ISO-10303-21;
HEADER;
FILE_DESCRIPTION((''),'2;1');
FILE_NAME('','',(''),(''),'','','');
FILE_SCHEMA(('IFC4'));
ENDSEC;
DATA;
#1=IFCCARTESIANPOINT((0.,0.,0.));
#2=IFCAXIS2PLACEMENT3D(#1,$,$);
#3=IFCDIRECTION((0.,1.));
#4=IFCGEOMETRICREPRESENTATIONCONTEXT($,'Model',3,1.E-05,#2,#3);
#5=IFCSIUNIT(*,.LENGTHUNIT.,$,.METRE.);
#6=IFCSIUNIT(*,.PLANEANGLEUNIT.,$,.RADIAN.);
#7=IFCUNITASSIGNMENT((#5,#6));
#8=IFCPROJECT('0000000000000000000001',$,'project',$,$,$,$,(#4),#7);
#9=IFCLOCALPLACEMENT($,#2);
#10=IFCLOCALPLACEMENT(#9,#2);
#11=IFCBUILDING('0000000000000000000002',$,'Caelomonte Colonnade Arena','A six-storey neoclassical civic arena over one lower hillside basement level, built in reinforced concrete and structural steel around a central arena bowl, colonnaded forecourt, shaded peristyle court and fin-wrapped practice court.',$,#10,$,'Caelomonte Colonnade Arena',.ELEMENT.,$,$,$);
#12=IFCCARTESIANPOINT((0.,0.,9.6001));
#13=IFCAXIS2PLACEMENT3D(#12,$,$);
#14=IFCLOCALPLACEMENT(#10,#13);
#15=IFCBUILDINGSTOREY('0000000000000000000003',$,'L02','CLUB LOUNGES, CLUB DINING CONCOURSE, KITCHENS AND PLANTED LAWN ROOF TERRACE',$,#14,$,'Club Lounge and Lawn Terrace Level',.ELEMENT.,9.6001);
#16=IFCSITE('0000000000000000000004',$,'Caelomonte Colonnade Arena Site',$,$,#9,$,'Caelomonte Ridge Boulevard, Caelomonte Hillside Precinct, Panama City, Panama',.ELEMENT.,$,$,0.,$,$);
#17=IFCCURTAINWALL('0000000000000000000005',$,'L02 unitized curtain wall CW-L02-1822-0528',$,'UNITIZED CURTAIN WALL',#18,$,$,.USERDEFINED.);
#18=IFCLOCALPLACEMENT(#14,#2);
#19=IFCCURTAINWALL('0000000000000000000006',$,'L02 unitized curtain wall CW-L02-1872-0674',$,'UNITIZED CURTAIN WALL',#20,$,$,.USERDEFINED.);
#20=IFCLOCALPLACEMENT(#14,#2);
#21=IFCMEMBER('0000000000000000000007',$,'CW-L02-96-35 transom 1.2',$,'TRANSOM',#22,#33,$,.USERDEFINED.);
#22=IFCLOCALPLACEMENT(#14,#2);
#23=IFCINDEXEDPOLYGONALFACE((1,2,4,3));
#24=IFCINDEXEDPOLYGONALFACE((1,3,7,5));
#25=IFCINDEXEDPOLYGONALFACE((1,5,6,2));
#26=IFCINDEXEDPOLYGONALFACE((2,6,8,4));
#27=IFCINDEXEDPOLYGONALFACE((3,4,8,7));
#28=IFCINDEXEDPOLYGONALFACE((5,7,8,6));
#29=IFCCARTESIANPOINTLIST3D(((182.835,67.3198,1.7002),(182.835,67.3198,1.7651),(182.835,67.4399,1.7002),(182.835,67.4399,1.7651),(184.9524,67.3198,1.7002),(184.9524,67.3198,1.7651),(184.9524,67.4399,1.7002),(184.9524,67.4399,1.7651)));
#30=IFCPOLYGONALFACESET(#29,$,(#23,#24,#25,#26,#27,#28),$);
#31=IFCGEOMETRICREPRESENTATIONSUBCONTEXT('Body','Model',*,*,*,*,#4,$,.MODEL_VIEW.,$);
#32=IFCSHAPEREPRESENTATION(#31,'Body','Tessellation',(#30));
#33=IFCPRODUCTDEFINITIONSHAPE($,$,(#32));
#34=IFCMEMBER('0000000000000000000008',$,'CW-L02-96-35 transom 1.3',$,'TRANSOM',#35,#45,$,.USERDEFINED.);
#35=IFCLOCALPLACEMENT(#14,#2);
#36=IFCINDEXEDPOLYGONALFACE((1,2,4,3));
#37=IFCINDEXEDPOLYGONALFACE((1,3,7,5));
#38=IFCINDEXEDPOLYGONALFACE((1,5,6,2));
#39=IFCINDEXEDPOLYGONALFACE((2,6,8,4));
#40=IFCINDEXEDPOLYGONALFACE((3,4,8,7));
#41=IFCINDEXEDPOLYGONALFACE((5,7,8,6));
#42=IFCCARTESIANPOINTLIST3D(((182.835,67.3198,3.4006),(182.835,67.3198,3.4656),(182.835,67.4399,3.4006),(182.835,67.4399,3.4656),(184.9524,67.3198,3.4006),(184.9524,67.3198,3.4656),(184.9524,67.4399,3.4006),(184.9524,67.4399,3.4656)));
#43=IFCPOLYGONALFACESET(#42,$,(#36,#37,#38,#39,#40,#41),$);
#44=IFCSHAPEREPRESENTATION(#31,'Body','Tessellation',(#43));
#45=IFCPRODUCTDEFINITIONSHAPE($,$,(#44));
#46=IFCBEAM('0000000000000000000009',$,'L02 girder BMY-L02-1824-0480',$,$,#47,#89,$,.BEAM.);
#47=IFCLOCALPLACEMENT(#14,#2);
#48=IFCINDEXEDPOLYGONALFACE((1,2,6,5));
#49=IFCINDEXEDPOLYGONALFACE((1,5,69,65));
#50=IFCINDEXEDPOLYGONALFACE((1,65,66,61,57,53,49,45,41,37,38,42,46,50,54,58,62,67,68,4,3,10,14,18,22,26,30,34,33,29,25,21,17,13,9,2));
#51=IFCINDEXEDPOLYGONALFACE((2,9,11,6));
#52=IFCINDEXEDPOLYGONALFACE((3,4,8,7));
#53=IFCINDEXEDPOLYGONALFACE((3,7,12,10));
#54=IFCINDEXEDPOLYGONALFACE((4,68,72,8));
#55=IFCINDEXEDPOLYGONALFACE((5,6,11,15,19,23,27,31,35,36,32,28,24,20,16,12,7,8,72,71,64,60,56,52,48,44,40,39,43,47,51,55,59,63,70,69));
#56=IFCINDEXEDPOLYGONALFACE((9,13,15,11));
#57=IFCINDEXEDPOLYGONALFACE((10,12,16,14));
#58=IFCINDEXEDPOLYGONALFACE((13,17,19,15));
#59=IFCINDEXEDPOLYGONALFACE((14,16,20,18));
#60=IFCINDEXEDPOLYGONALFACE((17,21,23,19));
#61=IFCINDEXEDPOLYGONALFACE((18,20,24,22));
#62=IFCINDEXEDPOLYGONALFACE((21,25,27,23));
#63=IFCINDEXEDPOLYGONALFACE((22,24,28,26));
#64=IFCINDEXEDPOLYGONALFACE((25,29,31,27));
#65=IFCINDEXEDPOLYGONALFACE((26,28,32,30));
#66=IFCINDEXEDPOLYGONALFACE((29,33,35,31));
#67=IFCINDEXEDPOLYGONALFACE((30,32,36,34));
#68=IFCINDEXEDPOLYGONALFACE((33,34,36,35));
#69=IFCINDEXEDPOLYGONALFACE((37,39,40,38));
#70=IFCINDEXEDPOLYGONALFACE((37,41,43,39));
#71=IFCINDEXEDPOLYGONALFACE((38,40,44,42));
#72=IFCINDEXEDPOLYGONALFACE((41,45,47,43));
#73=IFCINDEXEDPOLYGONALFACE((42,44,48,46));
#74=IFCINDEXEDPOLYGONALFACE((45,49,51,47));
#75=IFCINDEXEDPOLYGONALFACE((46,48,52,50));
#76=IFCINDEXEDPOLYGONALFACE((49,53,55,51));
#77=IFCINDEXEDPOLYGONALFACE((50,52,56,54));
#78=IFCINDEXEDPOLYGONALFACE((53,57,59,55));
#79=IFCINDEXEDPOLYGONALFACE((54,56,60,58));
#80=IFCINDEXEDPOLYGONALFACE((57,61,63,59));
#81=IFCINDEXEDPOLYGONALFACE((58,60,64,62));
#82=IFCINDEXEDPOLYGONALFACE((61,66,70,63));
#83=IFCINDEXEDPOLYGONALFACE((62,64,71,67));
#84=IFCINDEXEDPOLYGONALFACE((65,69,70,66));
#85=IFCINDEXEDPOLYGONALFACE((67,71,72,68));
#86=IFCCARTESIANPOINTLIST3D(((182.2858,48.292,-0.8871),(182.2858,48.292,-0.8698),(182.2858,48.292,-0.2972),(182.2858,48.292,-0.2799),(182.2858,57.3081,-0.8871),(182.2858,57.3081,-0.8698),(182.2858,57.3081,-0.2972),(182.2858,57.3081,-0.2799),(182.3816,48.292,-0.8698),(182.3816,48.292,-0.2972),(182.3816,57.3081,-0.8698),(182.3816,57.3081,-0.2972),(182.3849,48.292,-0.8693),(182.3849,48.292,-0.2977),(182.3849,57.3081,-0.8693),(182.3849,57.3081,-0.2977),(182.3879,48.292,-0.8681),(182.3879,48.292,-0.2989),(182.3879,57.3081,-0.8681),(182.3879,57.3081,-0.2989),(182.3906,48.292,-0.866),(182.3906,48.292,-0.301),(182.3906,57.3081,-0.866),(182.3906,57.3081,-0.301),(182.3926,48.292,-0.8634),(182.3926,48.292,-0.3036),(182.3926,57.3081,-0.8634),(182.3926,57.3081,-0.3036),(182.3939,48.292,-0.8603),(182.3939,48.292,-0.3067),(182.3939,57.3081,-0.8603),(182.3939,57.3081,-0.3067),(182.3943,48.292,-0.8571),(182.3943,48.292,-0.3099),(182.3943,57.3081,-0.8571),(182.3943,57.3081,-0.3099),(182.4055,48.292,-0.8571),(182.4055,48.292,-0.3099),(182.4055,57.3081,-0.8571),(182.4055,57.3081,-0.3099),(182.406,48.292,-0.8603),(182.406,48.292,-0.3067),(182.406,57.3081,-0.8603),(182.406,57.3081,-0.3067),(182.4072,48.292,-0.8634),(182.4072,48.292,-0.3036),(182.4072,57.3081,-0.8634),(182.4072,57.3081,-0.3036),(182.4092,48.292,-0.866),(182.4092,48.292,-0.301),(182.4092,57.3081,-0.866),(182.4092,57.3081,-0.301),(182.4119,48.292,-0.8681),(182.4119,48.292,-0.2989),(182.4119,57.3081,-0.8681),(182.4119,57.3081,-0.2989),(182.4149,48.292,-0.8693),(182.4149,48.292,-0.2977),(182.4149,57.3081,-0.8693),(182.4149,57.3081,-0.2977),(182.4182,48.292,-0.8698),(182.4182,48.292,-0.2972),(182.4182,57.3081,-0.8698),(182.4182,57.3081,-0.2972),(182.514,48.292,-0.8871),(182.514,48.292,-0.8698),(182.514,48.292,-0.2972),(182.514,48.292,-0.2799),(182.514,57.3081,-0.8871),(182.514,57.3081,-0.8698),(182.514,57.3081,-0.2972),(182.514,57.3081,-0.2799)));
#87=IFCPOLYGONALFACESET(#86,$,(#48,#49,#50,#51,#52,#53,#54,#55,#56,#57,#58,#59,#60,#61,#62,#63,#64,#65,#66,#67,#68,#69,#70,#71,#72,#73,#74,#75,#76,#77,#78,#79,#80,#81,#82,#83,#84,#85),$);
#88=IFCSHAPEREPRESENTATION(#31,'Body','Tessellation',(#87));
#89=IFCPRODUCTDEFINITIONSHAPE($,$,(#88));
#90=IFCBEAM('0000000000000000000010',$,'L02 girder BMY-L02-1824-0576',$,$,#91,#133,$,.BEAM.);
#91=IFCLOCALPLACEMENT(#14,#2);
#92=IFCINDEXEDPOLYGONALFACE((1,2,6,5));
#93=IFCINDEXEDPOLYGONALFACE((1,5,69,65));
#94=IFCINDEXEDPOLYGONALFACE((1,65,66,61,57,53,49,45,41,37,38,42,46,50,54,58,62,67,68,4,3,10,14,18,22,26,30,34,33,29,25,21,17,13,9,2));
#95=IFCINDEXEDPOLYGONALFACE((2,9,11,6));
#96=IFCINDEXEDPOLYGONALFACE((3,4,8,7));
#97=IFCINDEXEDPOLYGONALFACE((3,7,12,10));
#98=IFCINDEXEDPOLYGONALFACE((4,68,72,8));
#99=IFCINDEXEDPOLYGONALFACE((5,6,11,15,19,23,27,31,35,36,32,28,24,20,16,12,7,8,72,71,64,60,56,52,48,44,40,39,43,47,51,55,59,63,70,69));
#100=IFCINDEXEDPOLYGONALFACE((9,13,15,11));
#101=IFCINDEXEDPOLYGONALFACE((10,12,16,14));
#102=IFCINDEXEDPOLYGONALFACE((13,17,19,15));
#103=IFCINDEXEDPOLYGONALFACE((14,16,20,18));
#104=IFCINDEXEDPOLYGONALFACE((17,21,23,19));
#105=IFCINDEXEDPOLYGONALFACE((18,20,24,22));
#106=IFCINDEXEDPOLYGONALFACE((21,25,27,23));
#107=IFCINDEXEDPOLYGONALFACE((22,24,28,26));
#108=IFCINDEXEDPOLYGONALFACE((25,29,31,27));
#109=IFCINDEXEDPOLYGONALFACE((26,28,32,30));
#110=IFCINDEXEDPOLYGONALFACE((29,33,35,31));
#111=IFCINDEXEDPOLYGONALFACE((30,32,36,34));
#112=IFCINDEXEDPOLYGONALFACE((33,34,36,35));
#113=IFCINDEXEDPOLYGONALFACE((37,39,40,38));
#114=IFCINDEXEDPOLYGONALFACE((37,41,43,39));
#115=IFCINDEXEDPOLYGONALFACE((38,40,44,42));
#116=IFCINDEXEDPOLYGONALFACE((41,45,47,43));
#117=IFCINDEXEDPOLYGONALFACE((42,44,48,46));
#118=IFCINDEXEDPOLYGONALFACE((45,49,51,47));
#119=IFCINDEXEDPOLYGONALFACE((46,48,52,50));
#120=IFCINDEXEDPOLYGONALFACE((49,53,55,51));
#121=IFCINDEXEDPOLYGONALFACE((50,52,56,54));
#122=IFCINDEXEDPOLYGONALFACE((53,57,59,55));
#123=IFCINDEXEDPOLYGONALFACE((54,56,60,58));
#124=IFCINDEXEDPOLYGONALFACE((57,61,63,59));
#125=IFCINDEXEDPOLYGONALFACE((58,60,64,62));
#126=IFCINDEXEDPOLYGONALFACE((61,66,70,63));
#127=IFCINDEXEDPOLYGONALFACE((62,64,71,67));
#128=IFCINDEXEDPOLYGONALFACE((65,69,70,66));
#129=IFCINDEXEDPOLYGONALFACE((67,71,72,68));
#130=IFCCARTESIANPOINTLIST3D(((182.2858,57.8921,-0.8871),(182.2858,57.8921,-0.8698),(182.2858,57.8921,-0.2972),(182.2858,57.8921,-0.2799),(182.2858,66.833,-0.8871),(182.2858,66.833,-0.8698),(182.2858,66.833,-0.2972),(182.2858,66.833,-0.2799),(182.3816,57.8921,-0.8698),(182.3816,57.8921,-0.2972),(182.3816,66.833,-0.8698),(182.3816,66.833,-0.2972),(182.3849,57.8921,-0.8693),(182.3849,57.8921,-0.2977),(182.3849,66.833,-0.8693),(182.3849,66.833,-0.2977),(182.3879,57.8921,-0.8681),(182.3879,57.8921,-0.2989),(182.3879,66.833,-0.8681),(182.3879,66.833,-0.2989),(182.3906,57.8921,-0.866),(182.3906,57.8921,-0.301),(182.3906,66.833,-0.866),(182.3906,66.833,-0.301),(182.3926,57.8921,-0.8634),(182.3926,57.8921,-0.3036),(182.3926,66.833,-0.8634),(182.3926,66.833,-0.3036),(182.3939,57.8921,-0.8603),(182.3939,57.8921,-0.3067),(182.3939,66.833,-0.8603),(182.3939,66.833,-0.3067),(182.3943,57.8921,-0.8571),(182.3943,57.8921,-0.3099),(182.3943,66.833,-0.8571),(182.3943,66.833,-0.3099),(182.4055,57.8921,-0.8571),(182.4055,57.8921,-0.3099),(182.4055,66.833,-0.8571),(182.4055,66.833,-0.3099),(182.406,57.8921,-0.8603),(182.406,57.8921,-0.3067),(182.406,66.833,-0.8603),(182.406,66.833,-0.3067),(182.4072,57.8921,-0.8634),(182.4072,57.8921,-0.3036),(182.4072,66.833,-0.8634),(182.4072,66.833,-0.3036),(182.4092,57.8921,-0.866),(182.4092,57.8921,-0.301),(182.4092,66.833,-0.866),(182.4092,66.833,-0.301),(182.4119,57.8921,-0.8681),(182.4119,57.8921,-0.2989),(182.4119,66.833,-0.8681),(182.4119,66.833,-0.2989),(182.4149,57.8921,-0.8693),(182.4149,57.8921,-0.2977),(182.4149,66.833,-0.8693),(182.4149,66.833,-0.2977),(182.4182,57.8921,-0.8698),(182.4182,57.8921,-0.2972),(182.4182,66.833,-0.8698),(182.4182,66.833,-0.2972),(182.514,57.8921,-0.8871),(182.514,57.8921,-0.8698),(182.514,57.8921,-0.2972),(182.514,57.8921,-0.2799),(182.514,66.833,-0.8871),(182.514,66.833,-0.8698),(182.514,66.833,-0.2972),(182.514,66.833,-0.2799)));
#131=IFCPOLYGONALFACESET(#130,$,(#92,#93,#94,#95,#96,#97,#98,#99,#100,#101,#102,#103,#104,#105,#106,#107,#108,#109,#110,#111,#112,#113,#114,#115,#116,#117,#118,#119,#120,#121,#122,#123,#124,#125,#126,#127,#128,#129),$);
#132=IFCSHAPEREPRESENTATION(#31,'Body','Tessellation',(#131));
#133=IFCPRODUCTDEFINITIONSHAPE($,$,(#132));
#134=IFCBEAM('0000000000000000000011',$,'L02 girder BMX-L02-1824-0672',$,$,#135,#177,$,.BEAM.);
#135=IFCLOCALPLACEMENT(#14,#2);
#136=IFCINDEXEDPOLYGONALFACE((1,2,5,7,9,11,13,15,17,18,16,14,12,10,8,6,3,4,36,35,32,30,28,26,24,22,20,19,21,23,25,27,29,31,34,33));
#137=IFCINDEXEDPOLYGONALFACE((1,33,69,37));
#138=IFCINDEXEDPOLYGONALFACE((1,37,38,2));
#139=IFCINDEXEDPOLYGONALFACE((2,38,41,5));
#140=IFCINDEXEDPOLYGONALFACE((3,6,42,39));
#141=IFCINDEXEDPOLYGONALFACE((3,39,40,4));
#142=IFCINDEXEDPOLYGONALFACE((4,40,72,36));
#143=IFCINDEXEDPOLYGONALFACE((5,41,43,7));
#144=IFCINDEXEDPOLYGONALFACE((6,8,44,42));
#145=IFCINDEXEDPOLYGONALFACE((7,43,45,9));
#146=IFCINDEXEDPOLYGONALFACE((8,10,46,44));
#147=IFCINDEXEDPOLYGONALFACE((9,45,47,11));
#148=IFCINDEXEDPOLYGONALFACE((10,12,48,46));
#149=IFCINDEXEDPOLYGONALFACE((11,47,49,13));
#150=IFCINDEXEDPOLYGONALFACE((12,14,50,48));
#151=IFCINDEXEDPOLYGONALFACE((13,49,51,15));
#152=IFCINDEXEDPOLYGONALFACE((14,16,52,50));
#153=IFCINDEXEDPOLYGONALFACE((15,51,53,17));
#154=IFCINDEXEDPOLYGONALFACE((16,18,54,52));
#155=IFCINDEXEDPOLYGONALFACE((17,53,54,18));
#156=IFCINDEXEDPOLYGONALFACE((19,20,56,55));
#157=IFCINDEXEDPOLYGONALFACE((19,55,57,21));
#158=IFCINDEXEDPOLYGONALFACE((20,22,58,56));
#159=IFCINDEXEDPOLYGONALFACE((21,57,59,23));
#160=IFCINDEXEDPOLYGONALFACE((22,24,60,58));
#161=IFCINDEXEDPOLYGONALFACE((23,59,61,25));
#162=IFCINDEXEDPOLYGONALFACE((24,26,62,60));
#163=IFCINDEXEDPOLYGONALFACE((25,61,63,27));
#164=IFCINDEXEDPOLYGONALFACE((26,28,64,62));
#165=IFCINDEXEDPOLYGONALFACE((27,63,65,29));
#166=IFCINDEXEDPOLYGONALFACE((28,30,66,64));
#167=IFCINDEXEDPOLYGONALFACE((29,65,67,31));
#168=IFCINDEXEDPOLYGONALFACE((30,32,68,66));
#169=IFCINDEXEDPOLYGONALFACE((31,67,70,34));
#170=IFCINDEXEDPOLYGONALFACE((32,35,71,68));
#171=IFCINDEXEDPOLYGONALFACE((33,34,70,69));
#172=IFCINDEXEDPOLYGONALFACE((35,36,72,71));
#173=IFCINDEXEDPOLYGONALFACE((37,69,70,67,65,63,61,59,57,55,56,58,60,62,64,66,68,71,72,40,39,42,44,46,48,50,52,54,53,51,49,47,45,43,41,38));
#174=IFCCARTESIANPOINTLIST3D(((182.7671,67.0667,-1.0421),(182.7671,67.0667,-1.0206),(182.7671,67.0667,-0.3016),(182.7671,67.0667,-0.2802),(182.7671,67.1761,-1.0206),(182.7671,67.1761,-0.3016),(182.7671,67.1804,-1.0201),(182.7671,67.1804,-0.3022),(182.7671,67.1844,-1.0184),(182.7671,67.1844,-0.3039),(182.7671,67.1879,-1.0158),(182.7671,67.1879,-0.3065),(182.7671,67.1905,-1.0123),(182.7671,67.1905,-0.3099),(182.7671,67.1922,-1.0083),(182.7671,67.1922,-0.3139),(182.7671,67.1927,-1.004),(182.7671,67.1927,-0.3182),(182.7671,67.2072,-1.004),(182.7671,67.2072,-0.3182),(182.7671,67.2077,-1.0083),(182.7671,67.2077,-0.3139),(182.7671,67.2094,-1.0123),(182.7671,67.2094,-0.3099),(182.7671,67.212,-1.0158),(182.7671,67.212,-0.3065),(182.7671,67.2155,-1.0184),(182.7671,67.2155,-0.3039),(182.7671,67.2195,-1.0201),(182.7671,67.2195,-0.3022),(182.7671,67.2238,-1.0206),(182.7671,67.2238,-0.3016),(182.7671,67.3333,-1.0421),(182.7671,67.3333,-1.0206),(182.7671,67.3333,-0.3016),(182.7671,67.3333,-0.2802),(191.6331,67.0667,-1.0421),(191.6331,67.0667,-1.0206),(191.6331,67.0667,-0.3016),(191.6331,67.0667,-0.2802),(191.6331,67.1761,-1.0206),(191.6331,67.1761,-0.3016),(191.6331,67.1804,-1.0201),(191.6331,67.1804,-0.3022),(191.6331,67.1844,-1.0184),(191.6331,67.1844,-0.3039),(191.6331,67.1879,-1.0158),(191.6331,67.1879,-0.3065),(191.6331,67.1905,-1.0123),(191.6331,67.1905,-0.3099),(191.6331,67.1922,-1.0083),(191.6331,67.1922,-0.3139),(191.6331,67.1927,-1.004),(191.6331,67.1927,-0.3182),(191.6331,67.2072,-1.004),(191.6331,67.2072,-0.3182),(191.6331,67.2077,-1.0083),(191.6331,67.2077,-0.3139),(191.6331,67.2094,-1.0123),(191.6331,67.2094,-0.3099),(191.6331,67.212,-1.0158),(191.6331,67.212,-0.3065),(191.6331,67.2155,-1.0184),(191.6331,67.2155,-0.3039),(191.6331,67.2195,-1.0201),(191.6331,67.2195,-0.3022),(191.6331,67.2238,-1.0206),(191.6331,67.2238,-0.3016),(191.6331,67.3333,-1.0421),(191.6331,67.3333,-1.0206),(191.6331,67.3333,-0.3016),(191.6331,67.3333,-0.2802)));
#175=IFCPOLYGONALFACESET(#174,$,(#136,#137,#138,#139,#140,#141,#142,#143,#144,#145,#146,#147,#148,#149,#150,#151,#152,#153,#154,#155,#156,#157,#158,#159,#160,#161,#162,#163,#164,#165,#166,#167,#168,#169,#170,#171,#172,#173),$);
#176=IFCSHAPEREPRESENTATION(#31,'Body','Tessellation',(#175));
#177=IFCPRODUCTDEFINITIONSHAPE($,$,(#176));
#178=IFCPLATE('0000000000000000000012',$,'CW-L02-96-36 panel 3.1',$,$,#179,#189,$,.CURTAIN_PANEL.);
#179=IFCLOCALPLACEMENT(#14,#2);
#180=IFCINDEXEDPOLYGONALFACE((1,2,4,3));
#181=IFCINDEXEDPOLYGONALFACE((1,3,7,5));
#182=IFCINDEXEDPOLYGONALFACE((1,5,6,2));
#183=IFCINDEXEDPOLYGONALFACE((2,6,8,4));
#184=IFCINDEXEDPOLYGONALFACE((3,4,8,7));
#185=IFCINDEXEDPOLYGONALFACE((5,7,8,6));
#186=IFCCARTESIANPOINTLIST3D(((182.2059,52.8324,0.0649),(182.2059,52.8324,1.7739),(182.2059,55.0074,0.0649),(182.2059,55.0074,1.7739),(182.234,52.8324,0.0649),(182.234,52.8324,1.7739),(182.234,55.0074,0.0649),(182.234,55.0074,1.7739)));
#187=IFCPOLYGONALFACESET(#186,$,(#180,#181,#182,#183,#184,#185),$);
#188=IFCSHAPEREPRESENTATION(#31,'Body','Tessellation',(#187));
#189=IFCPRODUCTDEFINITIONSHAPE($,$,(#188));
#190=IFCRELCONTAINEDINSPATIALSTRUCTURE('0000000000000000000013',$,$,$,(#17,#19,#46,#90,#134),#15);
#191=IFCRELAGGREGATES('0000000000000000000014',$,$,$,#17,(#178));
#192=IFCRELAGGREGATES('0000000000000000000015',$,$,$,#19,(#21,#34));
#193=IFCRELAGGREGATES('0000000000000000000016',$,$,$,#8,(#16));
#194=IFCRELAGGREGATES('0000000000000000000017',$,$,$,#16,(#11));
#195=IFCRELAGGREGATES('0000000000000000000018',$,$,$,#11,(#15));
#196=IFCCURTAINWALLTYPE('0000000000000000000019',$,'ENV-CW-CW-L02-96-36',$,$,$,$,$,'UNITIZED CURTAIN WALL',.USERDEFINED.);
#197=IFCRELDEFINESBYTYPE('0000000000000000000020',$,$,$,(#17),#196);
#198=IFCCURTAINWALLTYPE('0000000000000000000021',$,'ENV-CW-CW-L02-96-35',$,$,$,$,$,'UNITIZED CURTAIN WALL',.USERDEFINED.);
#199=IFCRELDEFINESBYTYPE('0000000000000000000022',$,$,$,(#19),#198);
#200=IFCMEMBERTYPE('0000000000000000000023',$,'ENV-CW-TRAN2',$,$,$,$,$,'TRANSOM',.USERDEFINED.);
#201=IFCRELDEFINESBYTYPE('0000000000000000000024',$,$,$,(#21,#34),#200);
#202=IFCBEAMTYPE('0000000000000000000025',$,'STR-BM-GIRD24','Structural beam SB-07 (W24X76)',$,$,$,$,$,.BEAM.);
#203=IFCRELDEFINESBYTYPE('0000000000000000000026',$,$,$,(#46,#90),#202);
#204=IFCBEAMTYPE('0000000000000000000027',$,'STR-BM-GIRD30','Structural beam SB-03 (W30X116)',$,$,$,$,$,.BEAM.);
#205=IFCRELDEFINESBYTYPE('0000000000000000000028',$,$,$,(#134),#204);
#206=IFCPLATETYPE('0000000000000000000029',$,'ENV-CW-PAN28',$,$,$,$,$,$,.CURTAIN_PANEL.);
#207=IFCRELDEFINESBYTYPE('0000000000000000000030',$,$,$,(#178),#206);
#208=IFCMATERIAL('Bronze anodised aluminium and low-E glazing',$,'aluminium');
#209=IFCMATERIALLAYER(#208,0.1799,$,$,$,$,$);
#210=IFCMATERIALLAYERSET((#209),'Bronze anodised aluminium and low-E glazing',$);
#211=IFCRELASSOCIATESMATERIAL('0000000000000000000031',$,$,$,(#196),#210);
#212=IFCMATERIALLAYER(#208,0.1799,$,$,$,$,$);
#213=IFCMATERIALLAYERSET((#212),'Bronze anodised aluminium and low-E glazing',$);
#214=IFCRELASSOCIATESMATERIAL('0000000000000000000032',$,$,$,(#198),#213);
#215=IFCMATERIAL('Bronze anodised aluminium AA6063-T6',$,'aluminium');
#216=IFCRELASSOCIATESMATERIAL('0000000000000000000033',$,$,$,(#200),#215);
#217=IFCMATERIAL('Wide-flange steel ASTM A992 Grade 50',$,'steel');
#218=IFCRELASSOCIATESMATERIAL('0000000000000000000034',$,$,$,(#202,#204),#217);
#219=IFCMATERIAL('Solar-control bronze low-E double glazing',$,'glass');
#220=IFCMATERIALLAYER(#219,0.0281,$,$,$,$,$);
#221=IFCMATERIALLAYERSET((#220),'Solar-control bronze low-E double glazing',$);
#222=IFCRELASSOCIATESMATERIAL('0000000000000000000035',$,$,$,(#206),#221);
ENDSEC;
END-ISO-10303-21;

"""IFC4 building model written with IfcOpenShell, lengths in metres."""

from ifc_helpers import new_model, si_unit, direction, frame, origin, origin_2d, place, context, subcontext, project, spatial, rectangle, i_section, extrude, material, layer, layer_set, material_profile, profile_set, type_object, element, aggregate, save


model = new_model("IFC4")

# Units and contexts
model_context = context("Model", 3, precision=1e-05, world=origin(), true_north=direction((0.0, 1.0)))
body_context = subcontext(model_context, "Body", "Model", "MODEL_VIEW")
ifc_project = project(units=[si_unit("LENGTHUNIT", "METRE"), si_unit("PLANEANGLEUNIT", "RADIAN")], contexts=[model_context])

# Site, building, storey
site_placement = place(None, origin())
site = spatial("IfcSite", under=ifc_project, at=site_placement, Name="Caelomonte Colonnade Arena Site", LongName="Caelomonte Ridge Boulevard, Caelomonte Hillside Precinct, Panama City, Panama", CompositionType="ELEMENT", RefElevation=0.0)
building_placement = place(site_placement, origin())
building = spatial("IfcBuilding", under=site, at=building_placement, Name="Caelomonte Colonnade Arena", Description="A six-storey neoclassical civic arena over one lower hillside basement level, built in reinforced concrete and structural steel around a central arena bowl, colonnaded forecourt, shaded peristyle court and fin-wrapped practice court.", LongName="Caelomonte Colonnade Arena", CompositionType="ELEMENT")
storey_placement = place(building_placement, frame((0.0, 0.0, 9.6001)))
storey = spatial("IfcBuildingStorey", under=building, at=storey_placement, Name="L02", Description="CLUB LOUNGES, CLUB DINING CONCOURSE, KITCHENS AND PLANTED LAWN ROOF TERRACE", LongName="Club Lounge and Lawn Terrace Level", CompositionType="ELEMENT", Elevation=9.6001)

# Curtain wall
ifc_material_1 = material(Name="Bronze anodised aluminium and low-E glazing", Category="aluminium")
ifc_layer_1 = layer(ifc_material_1, 0.1799)
ifc_layer_set_1 = layer_set([ifc_layer_1], Name="Bronze anodised aluminium and low-E glazing")
curtain_wall_type_1 = type_object("IfcCurtainWallType", Name="ENV-CW-CW-L02-96-36", ElementType="UNITIZED CURTAIN WALL", PredefinedType="USERDEFINED", material=ifc_layer_set_1)
curtain_wall_1_placement = place(storey_placement, origin())
curtain_wall_1 = element("IfcCurtainWall", 1, at=curtain_wall_1_placement, inside=storey, type_object=curtain_wall_type_1, Name="L02 unitized curtain wall CW-L02-1822-0528", ObjectType="UNITIZED CURTAIN WALL", PredefinedType="USERDEFINED")
ifc_material_2 = material(Name="Bronze anodised aluminium AA6063-T6", Category="aluminium")

# Curtain wall
ifc_layer_2 = layer(ifc_material_1, 0.1799)
ifc_layer_set_2 = layer_set([ifc_layer_2], Name="Bronze anodised aluminium and low-E glazing")
curtain_wall_type_2 = type_object("IfcCurtainWallType", Name="ENV-CW-CW-L02-96-35", ElementType="UNITIZED CURTAIN WALL", PredefinedType="USERDEFINED", material=ifc_layer_set_2)
curtain_wall_2_placement = place(storey_placement, origin())
curtain_wall_2 = element("IfcCurtainWall", 2, at=curtain_wall_2_placement, inside=storey, type_object=curtain_wall_type_2, Name="L02 unitized curtain wall CW-L02-1872-0674", ObjectType="UNITIZED CURTAIN WALL", PredefinedType="USERDEFINED")

# Members
ifc_material_profile_1 = material_profile(ifc_material_2, rectangle(XDim=0.0649, YDim=0.1201, at=origin_2d()), Name="CWT-65X120")
ifc_profile_set_1 = profile_set([ifc_material_profile_1], Name="Bronze anodised aluminium AA6063-T6")
member_type_1 = type_object("IfcMemberType", Name="ENV-CW-TRAN2", ElementType="TRANSOM", PredefinedType="USERDEFINED", material=ifc_profile_set_1)
member_1_placement = place(storey_placement, frame((182.835, 67.3799, 1.7327), z_axis=(1.0, 0.0, 0.0), x_axis=(0.0, 0.0, 1.0)))
member_1 = element("IfcMember", 3, at=member_1_placement, type_object=member_type_1, Name="CW-L02-96-35 transom 1.2", ObjectType="TRANSOM", PredefinedType="USERDEFINED", context=body_context, shape_type="SweptSolid", body=[
    extrude(rectangle(XDim=0.0649, YDim=0.1201, at=origin_2d()), origin(), (0.0, 0.0, 1.0), 2.1174),
])
member_2_placement = place(storey_placement, frame((182.835, 67.3799, 3.4331), z_axis=(1.0, 0.0, 0.0), x_axis=(0.0, 0.0, 1.0)))
member_2 = element("IfcMember", 4, at=member_2_placement, type_object=member_type_1, Name="CW-L02-96-35 transom 1.3", ObjectType="TRANSOM", PredefinedType="USERDEFINED", context=body_context, shape_type="SweptSolid", body=[
    extrude(rectangle(XDim=0.0649, YDim=0.1201, at=origin_2d()), origin(), (0.0, 0.0, 1.0), 2.1174),
])

# Beams
ifc_material_3 = material(Name="Wide-flange steel ASTM A992 Grade 50", Category="steel")
ifc_material_profile_2 = material_profile(ifc_material_3, i_section(OverallWidth=0.2283, OverallDepth=0.6072, WebThickness=0.0112, FlangeThickness=0.0173, FilletRadius=0.0127, at=origin_2d()), Name="W24X76")
ifc_profile_set_2 = profile_set([ifc_material_profile_2], Name="Wide-flange steel ASTM A992 Grade 50")
beam_type_1 = type_object("IfcBeamType", Name="STR-BM-GIRD24", Description="Structural beam SB-07 (W24X76)", PredefinedType="BEAM", material=ifc_profile_set_2)
beam_1_placement = place(storey_placement, frame((182.3999, 48.292, -0.5835), z_axis=(0.0, 1.0, 0.0), x_axis=(-1.0, 0.0, 0.0)))
element("IfcBeam", 5, at=beam_1_placement, inside=storey, type_object=beam_type_1, Name="L02 girder BMY-L02-1824-0480", PredefinedType="BEAM", context=body_context, shape_type="SweptSolid", body=[
    extrude(i_section(OverallWidth=0.2283, OverallDepth=0.6072, WebThickness=0.0112, FlangeThickness=0.0173, FilletRadius=0.0127, at=origin_2d()), origin(), (0.0, 0.0, 1.0), 9.0161),
])
beam_2_placement = place(storey_placement, frame((182.3999, 57.8921, -0.5835), z_axis=(0.0, 1.0, 0.0), x_axis=(-1.0, 0.0, 0.0)))
element("IfcBeam", 6, at=beam_2_placement, inside=storey, type_object=beam_type_1, Name="L02 girder BMY-L02-1824-0576", PredefinedType="BEAM", context=body_context, shape_type="SweptSolid", body=[
    extrude(i_section(OverallWidth=0.2283, OverallDepth=0.6072, WebThickness=0.0112, FlangeThickness=0.0173, FilletRadius=0.0127, at=origin_2d()), origin(), (0.0, 0.0, 1.0), 8.9409),
])
ifc_material_profile_3 = material_profile(ifc_material_3, i_section(OverallWidth=0.2666, OverallDepth=0.762, WebThickness=0.0144, FlangeThickness=0.0215, FilletRadius=0.0166, at=origin_2d()), Name="W30X116")
ifc_profile_set_3 = profile_set([ifc_material_profile_3], Name="Wide-flange steel ASTM A992 Grade 50")
beam_type_2 = type_object("IfcBeamType", Name="STR-BM-GIRD30", Description="Structural beam SB-03 (W30X116)", PredefinedType="BEAM", material=ifc_profile_set_3)
beam_3_placement = place(storey_placement, frame((182.7671, 67.2, -0.6611), z_axis=(1.0, 0.0, 0.0), x_axis=(0.0, 1.0, 0.0)))
element("IfcBeam", 7, at=beam_3_placement, inside=storey, type_object=beam_type_2, Name="L02 girder BMX-L02-1824-0672", PredefinedType="BEAM", context=body_context, shape_type="SweptSolid", body=[
    extrude(i_section(OverallWidth=0.2666, OverallDepth=0.762, WebThickness=0.0144, FlangeThickness=0.0215, FilletRadius=0.0166, at=origin_2d()), origin(), (0.0, 0.0, 1.0), 8.866),
])

# Plate
ifc_material_4 = material(Name="Solar-control bronze low-E double glazing", Category="glass")
ifc_layer_3 = layer(ifc_material_4, 0.0281)
ifc_layer_set_3 = layer_set([ifc_layer_3], Name="Solar-control bronze low-E double glazing")
plate_type = type_object("IfcPlateType", Name="ENV-CW-PAN28", PredefinedType="CURTAIN_PANEL", material=ifc_layer_set_3)
plate_1_placement = place(storey_placement, frame((182.22, 53.9199, 0.0649), z_axis=(0.0, 0.0, 1.0), x_axis=(0.0, 1.0, 0.0)))
plate_1 = element("IfcPlate", 8, at=plate_1_placement, type_object=plate_type, Name="CW-L02-96-36 panel 3.1", PredefinedType="CURTAIN_PANEL", context=body_context, shape_type="SweptSolid", body=[
    extrude(rectangle(XDim=2.175, YDim=0.0281, at=origin_2d()), origin(), (0.0, 0.0, 1.0), 1.709),
])
aggregate(curtain_wall_1, [plate_1])
aggregate(curtain_wall_2, [member_1, member_2])

save(model, "model.ifc")
